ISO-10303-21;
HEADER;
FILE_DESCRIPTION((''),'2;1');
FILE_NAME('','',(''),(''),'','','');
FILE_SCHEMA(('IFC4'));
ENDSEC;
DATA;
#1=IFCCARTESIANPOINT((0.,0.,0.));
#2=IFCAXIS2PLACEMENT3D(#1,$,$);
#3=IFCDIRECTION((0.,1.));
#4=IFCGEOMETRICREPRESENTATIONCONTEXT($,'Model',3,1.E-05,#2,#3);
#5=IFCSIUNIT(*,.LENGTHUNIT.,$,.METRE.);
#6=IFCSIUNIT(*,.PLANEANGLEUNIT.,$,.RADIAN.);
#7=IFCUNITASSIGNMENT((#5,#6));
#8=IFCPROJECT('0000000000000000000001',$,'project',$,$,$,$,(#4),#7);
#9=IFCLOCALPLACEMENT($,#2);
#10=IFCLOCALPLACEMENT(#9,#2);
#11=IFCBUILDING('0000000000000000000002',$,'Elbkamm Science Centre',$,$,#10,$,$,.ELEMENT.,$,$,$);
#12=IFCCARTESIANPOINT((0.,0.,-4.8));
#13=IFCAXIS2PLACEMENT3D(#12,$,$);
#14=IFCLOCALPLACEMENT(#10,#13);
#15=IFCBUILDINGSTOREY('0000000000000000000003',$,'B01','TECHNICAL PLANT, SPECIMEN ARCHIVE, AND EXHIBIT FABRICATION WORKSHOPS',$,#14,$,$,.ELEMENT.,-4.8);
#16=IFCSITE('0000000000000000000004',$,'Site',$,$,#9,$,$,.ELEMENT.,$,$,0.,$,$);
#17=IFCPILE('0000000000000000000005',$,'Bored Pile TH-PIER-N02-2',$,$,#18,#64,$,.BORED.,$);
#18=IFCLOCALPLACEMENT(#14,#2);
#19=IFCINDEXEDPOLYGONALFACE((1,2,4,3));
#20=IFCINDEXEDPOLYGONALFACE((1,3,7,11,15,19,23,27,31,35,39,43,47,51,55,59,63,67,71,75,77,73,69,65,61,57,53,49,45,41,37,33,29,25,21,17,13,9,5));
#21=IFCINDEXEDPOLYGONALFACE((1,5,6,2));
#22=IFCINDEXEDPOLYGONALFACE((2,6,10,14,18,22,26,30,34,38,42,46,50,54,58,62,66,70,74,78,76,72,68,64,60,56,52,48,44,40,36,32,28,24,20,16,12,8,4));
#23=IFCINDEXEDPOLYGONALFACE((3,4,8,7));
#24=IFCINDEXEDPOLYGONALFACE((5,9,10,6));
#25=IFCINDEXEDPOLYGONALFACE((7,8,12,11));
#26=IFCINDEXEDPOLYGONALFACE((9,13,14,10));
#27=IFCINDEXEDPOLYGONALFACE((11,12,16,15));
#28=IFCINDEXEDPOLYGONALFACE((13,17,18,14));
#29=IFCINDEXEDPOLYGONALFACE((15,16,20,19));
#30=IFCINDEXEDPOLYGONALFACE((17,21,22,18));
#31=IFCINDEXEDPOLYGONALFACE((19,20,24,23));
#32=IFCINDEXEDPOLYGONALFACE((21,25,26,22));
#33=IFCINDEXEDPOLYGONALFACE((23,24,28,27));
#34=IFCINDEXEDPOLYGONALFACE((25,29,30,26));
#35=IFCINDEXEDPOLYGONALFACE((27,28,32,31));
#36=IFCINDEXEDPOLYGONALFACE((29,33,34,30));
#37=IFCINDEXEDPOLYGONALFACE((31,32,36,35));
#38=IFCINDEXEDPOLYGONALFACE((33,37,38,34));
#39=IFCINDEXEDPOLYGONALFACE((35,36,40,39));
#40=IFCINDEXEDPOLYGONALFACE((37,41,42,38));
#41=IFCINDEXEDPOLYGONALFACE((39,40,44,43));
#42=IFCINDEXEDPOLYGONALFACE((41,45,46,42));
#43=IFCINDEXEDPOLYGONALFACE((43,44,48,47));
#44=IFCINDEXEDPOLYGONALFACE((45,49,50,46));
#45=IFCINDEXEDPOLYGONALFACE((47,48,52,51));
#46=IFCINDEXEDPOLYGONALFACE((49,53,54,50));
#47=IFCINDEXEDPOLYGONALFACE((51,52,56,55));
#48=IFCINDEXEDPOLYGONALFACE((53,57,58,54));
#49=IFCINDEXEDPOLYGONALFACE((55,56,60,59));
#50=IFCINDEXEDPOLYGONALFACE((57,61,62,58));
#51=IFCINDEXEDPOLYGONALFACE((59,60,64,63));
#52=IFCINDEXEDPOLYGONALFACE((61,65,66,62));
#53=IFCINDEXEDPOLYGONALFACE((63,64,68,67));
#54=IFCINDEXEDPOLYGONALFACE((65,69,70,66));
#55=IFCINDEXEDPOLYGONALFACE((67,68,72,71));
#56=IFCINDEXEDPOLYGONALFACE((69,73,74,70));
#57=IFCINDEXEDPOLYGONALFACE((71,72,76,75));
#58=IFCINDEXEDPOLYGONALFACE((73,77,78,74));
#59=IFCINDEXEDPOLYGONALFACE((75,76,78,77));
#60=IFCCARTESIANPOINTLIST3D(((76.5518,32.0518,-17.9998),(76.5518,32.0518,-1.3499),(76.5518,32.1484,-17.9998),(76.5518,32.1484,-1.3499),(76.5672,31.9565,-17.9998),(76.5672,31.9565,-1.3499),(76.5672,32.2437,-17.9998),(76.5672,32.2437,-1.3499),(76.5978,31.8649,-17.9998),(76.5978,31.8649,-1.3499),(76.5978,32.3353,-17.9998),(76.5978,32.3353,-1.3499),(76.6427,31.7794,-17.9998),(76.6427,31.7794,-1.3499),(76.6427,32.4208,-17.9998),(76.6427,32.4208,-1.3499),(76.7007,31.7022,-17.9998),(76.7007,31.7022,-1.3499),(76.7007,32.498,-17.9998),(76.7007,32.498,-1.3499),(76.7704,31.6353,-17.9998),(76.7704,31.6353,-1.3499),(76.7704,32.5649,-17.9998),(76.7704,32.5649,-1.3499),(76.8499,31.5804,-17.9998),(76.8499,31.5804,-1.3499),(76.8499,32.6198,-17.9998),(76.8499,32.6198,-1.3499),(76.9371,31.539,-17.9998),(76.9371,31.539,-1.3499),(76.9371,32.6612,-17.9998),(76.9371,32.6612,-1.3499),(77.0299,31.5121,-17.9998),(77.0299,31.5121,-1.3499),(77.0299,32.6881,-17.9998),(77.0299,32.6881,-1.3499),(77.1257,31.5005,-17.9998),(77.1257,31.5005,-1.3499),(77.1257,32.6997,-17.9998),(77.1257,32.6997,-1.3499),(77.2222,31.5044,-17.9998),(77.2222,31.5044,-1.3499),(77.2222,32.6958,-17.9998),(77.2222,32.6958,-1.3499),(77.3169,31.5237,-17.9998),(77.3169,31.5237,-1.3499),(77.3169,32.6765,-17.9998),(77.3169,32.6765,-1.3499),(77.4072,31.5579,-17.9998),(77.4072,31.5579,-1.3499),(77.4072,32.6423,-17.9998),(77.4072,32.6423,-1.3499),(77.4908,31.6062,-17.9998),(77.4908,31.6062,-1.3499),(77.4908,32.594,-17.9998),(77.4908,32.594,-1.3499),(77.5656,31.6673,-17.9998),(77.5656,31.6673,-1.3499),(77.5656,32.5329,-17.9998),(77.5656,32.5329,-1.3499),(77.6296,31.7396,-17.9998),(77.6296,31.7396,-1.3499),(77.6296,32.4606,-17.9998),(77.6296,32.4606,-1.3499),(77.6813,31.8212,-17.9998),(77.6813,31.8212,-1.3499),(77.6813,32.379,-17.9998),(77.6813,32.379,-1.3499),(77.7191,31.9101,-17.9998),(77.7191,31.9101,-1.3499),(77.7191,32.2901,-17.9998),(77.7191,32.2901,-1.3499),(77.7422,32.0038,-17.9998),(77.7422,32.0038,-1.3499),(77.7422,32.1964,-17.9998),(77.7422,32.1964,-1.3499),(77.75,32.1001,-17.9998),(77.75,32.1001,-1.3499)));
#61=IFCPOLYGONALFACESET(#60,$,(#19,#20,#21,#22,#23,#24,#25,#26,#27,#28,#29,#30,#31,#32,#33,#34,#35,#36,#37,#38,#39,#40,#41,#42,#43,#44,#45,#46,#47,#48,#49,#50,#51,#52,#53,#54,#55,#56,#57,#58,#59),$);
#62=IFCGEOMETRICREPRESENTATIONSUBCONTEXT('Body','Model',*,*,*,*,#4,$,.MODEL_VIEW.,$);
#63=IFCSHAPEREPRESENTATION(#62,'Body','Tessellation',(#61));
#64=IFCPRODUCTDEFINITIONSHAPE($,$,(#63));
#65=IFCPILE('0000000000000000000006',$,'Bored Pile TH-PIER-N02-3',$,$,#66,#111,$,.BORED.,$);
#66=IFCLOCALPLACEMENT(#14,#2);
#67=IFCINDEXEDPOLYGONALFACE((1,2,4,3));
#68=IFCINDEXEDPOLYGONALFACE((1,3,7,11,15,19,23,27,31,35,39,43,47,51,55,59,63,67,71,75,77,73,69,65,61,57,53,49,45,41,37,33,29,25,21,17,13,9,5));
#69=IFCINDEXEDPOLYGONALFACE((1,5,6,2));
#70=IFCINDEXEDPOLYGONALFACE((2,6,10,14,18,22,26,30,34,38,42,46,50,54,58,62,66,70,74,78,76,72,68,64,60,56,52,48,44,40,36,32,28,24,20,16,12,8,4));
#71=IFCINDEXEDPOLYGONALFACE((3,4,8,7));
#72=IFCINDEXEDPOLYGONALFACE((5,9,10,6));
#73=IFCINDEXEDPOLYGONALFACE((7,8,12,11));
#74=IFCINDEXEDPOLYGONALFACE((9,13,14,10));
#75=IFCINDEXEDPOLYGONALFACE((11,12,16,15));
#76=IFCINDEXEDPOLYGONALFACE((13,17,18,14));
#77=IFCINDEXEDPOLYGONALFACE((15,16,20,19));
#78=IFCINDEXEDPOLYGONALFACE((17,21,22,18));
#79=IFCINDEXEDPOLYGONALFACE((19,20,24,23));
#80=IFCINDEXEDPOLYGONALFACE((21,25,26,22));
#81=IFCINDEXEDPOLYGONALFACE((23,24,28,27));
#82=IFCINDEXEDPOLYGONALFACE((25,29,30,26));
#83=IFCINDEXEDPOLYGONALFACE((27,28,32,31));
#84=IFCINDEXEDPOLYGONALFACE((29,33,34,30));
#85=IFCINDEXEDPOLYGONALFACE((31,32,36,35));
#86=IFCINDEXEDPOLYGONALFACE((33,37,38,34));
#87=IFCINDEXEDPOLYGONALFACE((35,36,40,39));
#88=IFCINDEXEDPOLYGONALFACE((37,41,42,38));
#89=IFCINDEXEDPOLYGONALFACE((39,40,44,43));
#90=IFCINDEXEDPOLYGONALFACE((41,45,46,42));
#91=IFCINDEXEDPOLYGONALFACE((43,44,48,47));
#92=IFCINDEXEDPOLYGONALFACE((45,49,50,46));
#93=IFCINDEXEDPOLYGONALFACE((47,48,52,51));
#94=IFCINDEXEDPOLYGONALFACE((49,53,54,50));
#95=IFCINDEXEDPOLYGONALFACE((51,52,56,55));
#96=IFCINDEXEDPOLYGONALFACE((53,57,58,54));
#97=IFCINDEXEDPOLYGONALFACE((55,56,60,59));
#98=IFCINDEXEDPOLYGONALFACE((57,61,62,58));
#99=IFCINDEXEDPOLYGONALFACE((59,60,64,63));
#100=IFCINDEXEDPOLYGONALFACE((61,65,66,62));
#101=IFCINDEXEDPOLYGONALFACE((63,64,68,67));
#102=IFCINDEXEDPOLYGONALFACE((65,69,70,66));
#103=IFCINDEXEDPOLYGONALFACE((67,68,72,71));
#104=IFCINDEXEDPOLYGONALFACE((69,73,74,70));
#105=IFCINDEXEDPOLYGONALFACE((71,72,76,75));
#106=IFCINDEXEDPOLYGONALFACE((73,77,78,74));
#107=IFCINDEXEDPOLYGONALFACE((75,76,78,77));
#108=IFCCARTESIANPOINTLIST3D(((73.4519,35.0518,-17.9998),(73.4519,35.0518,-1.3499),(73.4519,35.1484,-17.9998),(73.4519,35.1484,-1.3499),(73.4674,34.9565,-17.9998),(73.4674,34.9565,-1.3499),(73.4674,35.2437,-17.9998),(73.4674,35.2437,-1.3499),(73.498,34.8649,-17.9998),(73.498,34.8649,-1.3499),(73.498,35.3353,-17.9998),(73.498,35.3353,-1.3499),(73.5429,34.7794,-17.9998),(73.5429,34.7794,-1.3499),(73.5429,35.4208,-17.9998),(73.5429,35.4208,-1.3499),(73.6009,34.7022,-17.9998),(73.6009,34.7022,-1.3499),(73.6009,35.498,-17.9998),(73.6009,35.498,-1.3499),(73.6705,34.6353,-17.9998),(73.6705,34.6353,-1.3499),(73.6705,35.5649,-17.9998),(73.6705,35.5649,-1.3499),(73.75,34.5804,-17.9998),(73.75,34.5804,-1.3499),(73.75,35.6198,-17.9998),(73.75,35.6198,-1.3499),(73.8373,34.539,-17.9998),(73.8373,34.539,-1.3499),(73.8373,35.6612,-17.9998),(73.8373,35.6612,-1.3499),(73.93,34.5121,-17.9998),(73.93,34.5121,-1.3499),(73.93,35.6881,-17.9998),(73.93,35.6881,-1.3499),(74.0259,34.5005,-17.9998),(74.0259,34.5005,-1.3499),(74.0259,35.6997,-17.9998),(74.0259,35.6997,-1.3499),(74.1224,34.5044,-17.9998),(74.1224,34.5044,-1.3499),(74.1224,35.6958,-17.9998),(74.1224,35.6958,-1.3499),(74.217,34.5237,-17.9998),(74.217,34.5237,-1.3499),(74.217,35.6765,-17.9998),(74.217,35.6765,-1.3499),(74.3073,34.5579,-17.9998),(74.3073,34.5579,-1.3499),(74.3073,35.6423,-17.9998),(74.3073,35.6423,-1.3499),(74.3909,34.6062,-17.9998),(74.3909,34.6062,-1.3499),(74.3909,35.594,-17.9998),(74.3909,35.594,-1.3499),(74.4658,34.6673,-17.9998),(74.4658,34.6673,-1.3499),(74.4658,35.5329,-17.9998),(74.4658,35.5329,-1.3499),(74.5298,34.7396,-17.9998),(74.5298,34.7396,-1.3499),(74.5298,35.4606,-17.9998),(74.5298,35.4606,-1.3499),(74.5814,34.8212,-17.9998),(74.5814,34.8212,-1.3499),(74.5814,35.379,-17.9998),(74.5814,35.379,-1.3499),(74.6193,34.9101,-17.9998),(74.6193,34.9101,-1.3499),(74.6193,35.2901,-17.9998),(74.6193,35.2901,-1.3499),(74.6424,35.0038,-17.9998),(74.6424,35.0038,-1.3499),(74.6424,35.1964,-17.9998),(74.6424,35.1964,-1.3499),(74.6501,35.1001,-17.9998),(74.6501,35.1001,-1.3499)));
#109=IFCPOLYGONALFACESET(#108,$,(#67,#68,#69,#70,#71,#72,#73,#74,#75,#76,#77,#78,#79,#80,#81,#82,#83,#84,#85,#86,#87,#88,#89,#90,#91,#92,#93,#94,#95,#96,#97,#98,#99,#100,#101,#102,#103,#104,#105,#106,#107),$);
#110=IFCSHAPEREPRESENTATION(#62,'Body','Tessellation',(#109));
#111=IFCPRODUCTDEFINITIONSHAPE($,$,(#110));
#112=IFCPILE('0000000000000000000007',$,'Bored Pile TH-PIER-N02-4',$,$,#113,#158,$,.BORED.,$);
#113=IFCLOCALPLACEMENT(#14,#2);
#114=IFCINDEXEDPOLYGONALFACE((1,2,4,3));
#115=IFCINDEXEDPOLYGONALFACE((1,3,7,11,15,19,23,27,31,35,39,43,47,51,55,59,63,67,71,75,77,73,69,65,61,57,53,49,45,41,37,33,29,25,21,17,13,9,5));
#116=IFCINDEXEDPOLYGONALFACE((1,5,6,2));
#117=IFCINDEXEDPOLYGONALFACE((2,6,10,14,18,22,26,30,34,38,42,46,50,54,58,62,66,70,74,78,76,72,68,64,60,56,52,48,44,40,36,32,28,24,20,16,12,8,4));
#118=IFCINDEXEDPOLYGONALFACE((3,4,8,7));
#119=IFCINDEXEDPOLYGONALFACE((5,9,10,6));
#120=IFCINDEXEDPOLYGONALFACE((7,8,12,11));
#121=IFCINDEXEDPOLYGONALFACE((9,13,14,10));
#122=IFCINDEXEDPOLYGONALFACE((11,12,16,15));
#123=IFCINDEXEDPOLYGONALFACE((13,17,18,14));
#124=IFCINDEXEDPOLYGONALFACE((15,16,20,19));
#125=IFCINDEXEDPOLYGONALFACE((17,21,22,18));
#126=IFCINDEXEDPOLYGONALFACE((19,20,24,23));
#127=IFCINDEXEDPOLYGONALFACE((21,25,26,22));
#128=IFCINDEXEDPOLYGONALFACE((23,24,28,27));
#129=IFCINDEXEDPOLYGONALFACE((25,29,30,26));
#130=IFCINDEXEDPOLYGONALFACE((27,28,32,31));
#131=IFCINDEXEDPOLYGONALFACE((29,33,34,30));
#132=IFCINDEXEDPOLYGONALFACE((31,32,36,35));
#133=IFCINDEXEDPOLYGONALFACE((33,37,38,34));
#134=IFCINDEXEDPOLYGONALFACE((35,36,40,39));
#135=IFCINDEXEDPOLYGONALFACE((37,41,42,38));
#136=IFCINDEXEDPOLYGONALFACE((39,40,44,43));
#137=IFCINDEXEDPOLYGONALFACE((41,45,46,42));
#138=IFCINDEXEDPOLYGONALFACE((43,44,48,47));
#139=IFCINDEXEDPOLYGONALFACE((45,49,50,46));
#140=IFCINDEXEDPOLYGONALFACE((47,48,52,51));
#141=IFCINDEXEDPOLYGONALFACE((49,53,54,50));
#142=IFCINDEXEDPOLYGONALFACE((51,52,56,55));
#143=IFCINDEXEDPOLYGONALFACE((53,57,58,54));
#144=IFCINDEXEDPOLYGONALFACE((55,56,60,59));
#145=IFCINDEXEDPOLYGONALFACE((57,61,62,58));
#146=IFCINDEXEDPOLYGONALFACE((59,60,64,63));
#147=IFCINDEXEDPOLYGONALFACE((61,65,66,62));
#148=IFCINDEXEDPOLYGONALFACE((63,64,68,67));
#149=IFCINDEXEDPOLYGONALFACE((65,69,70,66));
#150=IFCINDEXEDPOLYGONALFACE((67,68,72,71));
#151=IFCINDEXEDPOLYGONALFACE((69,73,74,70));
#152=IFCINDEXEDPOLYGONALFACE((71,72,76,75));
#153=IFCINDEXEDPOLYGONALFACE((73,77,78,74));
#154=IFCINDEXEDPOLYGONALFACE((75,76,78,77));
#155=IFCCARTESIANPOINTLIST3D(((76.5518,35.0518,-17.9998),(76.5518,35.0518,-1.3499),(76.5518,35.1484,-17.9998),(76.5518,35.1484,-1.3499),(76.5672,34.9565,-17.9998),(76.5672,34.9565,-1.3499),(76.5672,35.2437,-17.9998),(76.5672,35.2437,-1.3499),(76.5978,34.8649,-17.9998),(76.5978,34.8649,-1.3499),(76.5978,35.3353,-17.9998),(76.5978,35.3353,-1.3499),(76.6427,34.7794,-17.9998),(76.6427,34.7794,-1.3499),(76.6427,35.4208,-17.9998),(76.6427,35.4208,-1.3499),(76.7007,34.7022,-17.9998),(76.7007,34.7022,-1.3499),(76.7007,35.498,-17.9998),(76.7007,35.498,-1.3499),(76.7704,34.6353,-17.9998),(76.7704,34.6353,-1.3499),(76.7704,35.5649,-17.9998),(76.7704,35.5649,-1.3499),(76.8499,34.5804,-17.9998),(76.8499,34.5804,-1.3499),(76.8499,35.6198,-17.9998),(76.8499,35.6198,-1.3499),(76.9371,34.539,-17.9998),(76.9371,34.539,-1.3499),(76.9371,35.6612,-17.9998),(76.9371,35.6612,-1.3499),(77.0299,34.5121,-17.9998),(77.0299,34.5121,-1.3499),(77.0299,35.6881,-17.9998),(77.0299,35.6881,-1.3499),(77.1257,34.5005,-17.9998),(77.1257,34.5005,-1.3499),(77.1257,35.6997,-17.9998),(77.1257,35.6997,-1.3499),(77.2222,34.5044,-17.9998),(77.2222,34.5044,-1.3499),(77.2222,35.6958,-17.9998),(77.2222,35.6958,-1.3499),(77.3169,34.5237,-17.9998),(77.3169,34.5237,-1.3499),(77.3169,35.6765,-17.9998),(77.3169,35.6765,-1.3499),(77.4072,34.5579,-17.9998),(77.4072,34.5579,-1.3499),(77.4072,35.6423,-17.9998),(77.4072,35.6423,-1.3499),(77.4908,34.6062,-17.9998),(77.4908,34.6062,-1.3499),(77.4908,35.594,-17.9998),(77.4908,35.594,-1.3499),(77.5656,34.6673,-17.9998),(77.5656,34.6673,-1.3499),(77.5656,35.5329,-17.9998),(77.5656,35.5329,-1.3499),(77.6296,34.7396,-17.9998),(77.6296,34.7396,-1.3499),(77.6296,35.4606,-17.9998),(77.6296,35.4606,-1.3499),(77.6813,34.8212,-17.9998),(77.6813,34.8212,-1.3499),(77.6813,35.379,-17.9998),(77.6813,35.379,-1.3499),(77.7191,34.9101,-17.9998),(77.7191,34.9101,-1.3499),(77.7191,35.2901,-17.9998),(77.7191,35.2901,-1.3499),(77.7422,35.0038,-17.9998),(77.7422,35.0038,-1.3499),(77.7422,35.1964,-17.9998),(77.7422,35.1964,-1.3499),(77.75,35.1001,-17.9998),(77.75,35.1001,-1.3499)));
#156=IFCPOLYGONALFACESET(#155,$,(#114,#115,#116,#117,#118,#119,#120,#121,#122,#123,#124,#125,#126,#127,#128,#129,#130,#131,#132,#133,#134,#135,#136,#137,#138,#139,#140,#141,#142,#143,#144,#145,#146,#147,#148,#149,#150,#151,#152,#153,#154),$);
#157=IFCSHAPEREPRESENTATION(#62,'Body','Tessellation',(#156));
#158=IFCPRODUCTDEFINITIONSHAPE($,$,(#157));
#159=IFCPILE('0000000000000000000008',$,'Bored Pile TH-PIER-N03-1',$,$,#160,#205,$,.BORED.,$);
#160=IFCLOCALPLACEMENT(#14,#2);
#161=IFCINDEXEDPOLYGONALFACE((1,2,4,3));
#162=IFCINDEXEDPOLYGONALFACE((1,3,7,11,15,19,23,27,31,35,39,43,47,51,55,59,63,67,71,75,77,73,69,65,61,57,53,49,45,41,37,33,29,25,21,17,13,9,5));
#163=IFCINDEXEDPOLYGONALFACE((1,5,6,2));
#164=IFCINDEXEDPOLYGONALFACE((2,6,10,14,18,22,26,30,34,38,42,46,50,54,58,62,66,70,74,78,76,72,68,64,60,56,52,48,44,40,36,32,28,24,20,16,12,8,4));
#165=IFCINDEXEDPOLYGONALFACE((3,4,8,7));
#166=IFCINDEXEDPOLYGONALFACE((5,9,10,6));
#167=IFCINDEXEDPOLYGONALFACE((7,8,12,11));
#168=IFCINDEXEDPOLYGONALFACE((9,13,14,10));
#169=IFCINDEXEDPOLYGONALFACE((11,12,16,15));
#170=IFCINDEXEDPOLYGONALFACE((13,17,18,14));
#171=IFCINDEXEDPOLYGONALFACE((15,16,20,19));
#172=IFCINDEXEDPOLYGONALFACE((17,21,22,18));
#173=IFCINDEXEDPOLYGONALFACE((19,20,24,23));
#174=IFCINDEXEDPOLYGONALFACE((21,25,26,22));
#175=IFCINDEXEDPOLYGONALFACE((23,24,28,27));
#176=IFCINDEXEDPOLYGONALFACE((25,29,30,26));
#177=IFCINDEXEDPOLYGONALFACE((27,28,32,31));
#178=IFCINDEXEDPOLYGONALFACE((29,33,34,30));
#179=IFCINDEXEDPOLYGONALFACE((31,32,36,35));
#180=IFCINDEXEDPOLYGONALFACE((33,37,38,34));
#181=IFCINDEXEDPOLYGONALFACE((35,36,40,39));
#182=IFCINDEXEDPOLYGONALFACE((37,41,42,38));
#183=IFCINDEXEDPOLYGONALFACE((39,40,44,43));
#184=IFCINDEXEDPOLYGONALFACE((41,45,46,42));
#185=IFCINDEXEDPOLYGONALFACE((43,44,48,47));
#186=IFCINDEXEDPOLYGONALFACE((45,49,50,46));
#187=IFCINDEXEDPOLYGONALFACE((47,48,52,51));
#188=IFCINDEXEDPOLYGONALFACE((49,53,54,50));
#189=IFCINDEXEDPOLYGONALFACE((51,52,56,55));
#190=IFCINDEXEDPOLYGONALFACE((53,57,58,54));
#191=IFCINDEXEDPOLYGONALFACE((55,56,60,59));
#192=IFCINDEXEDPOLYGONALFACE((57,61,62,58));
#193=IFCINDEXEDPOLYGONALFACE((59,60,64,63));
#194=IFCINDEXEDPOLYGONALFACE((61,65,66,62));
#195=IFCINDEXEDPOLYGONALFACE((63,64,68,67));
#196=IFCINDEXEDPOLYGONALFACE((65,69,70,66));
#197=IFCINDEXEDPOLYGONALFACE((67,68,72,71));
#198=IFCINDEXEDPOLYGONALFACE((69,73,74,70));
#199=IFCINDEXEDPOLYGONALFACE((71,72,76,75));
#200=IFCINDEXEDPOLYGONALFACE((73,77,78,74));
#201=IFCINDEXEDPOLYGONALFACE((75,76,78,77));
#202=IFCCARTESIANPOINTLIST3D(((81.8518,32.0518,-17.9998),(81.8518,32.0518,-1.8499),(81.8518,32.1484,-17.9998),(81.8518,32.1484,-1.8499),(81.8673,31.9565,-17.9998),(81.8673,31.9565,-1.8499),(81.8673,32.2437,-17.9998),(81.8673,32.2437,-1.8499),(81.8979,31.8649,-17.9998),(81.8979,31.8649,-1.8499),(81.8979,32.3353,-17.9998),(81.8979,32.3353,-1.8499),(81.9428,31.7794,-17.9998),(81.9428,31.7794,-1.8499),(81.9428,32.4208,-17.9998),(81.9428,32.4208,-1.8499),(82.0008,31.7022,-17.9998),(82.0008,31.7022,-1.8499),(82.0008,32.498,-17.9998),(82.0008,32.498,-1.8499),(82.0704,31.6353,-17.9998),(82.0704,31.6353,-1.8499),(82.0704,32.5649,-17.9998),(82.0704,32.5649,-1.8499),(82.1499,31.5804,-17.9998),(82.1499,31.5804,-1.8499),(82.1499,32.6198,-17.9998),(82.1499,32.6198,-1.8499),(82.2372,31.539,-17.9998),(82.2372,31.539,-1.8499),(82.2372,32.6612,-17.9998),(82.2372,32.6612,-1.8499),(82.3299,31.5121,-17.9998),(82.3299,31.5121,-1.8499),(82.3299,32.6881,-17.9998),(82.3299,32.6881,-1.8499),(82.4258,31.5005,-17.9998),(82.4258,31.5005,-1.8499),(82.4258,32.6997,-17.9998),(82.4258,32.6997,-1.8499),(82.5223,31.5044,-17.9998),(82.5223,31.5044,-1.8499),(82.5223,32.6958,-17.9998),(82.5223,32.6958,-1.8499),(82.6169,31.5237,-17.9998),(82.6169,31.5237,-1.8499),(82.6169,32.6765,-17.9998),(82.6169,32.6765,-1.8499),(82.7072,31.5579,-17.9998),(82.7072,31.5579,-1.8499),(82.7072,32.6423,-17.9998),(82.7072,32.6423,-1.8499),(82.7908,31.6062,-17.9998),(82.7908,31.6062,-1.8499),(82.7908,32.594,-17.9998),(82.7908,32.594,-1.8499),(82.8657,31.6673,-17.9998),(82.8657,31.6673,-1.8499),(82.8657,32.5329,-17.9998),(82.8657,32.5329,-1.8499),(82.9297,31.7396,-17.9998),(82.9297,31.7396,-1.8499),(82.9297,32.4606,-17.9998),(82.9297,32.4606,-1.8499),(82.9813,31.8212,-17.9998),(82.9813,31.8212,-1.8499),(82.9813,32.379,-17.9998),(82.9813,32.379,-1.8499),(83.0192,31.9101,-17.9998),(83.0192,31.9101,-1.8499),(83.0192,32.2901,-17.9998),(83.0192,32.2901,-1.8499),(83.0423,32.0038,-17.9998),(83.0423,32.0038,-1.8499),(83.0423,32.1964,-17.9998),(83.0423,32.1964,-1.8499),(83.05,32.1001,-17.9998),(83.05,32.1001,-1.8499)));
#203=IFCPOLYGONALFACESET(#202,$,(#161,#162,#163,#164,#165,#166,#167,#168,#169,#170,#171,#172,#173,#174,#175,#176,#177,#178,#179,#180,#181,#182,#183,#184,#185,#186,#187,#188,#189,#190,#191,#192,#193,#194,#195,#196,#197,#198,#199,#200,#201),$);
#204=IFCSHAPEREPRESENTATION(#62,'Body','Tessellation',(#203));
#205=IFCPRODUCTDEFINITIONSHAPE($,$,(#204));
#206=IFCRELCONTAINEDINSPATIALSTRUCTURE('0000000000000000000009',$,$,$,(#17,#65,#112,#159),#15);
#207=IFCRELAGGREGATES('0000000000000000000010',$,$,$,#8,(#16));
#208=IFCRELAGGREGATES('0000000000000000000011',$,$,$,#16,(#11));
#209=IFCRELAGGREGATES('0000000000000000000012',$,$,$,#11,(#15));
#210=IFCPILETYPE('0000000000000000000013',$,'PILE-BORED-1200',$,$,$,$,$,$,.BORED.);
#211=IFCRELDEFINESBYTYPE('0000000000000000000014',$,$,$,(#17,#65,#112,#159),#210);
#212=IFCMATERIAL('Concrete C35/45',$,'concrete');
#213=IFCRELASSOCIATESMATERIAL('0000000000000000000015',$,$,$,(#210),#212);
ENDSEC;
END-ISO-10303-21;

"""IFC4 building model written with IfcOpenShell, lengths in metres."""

from ifc_helpers import new_model, si_unit, direction, frame, origin, origin_2d, place, context, subcontext, project, spatial, circle, extrude, material, material_profile, profile_set, type_object, element, save


model = new_model("IFC4")

# Units and contexts
model_context = context("Model", 3, precision=1e-05, world=origin(), true_north=direction((0.0, 1.0)))
body_context = subcontext(model_context, "Body", "Model", "MODEL_VIEW")
ifc_project = project(units=[si_unit("LENGTHUNIT", "METRE"), si_unit("PLANEANGLEUNIT", "RADIAN")], contexts=[model_context])

# Site, building, storey
site_placement = place(None, origin())
site = spatial("IfcSite", under=ifc_project, at=site_placement, Name="Site", CompositionType="ELEMENT", RefElevation=0.0)
building_placement = place(site_placement, origin())
building = spatial("IfcBuilding", under=site, at=building_placement, Name="Elbkamm Science Centre", CompositionType="ELEMENT")
storey_placement = place(building_placement, frame((0.0, 0.0, -4.8)))
storey = spatial("IfcBuildingStorey", under=building, at=storey_placement, Name="B01", Description="TECHNICAL PLANT, SPECIMEN ARCHIVE, AND EXHIBIT FABRICATION WORKSHOPS", CompositionType="ELEMENT", Elevation=-4.8)

# Shared definitions
ifc_material_1 = material(Name="Concrete C35/45", Category="concrete")

# Piles
ifc_material_profile_1 = material_profile(ifc_material_1, circle(Radius=0.6001, at=origin_2d()), Name="PILE D1200")
ifc_profile_set_1 = profile_set([ifc_material_profile_1], Name="Concrete C35/45")
pile_type_1 = type_object("IfcPileType", Name="PILE-BORED-1200", PredefinedType="BORED", material=ifc_profile_set_1)
for number, where, z_axis, x_axis, name in (
    (1, (77.1499, 32.1001, -1.3499), (0.0, 0.0, -1.0), (1.0, 0.0, 0.0), "Bored Pile TH-PIER-N02-2"),
    (2, (74.05, 35.1001, -1.3499), (0.0, 0.0, -1.0), (1.0, 0.0, 0.0), "Bored Pile TH-PIER-N02-3"),
    (3, (77.1499, 35.1001, -1.3499), (0.0, 0.0, -1.0), (1.0, 0.0, 0.0), "Bored Pile TH-PIER-N02-4"),
):
    element("IfcPile", number, at=place(storey_placement, frame(where, z_axis=z_axis, x_axis=x_axis)), inside=storey, type_object=pile_type_1, Name=name, PredefinedType="BORED", context=body_context, shape_type="SweptSolid", body=[
        extrude(circle(Radius=0.6001, at=origin_2d()), origin(), (0.0, 0.0, 1.0), 16.6499),
    ])
for number, where, z_axis, x_axis, name in (
    (4, (82.45, 32.1001, -1.8499), (0.0, 0.0, -1.0), (1.0, 0.0, 0.0), "Bored Pile TH-PIER-N03-1"),
):
    element("IfcPile", number, at=place(storey_placement, frame(where, z_axis=z_axis, x_axis=x_axis)), inside=storey, type_object=pile_type_1, Name=name, PredefinedType="BORED", context=body_context, shape_type="SweptSolid", body=[
        extrude(circle(Radius=0.6001, at=origin_2d()), origin(), (0.0, 0.0, 1.0), 16.1499),
    ])

save(model, "model.ifc")
